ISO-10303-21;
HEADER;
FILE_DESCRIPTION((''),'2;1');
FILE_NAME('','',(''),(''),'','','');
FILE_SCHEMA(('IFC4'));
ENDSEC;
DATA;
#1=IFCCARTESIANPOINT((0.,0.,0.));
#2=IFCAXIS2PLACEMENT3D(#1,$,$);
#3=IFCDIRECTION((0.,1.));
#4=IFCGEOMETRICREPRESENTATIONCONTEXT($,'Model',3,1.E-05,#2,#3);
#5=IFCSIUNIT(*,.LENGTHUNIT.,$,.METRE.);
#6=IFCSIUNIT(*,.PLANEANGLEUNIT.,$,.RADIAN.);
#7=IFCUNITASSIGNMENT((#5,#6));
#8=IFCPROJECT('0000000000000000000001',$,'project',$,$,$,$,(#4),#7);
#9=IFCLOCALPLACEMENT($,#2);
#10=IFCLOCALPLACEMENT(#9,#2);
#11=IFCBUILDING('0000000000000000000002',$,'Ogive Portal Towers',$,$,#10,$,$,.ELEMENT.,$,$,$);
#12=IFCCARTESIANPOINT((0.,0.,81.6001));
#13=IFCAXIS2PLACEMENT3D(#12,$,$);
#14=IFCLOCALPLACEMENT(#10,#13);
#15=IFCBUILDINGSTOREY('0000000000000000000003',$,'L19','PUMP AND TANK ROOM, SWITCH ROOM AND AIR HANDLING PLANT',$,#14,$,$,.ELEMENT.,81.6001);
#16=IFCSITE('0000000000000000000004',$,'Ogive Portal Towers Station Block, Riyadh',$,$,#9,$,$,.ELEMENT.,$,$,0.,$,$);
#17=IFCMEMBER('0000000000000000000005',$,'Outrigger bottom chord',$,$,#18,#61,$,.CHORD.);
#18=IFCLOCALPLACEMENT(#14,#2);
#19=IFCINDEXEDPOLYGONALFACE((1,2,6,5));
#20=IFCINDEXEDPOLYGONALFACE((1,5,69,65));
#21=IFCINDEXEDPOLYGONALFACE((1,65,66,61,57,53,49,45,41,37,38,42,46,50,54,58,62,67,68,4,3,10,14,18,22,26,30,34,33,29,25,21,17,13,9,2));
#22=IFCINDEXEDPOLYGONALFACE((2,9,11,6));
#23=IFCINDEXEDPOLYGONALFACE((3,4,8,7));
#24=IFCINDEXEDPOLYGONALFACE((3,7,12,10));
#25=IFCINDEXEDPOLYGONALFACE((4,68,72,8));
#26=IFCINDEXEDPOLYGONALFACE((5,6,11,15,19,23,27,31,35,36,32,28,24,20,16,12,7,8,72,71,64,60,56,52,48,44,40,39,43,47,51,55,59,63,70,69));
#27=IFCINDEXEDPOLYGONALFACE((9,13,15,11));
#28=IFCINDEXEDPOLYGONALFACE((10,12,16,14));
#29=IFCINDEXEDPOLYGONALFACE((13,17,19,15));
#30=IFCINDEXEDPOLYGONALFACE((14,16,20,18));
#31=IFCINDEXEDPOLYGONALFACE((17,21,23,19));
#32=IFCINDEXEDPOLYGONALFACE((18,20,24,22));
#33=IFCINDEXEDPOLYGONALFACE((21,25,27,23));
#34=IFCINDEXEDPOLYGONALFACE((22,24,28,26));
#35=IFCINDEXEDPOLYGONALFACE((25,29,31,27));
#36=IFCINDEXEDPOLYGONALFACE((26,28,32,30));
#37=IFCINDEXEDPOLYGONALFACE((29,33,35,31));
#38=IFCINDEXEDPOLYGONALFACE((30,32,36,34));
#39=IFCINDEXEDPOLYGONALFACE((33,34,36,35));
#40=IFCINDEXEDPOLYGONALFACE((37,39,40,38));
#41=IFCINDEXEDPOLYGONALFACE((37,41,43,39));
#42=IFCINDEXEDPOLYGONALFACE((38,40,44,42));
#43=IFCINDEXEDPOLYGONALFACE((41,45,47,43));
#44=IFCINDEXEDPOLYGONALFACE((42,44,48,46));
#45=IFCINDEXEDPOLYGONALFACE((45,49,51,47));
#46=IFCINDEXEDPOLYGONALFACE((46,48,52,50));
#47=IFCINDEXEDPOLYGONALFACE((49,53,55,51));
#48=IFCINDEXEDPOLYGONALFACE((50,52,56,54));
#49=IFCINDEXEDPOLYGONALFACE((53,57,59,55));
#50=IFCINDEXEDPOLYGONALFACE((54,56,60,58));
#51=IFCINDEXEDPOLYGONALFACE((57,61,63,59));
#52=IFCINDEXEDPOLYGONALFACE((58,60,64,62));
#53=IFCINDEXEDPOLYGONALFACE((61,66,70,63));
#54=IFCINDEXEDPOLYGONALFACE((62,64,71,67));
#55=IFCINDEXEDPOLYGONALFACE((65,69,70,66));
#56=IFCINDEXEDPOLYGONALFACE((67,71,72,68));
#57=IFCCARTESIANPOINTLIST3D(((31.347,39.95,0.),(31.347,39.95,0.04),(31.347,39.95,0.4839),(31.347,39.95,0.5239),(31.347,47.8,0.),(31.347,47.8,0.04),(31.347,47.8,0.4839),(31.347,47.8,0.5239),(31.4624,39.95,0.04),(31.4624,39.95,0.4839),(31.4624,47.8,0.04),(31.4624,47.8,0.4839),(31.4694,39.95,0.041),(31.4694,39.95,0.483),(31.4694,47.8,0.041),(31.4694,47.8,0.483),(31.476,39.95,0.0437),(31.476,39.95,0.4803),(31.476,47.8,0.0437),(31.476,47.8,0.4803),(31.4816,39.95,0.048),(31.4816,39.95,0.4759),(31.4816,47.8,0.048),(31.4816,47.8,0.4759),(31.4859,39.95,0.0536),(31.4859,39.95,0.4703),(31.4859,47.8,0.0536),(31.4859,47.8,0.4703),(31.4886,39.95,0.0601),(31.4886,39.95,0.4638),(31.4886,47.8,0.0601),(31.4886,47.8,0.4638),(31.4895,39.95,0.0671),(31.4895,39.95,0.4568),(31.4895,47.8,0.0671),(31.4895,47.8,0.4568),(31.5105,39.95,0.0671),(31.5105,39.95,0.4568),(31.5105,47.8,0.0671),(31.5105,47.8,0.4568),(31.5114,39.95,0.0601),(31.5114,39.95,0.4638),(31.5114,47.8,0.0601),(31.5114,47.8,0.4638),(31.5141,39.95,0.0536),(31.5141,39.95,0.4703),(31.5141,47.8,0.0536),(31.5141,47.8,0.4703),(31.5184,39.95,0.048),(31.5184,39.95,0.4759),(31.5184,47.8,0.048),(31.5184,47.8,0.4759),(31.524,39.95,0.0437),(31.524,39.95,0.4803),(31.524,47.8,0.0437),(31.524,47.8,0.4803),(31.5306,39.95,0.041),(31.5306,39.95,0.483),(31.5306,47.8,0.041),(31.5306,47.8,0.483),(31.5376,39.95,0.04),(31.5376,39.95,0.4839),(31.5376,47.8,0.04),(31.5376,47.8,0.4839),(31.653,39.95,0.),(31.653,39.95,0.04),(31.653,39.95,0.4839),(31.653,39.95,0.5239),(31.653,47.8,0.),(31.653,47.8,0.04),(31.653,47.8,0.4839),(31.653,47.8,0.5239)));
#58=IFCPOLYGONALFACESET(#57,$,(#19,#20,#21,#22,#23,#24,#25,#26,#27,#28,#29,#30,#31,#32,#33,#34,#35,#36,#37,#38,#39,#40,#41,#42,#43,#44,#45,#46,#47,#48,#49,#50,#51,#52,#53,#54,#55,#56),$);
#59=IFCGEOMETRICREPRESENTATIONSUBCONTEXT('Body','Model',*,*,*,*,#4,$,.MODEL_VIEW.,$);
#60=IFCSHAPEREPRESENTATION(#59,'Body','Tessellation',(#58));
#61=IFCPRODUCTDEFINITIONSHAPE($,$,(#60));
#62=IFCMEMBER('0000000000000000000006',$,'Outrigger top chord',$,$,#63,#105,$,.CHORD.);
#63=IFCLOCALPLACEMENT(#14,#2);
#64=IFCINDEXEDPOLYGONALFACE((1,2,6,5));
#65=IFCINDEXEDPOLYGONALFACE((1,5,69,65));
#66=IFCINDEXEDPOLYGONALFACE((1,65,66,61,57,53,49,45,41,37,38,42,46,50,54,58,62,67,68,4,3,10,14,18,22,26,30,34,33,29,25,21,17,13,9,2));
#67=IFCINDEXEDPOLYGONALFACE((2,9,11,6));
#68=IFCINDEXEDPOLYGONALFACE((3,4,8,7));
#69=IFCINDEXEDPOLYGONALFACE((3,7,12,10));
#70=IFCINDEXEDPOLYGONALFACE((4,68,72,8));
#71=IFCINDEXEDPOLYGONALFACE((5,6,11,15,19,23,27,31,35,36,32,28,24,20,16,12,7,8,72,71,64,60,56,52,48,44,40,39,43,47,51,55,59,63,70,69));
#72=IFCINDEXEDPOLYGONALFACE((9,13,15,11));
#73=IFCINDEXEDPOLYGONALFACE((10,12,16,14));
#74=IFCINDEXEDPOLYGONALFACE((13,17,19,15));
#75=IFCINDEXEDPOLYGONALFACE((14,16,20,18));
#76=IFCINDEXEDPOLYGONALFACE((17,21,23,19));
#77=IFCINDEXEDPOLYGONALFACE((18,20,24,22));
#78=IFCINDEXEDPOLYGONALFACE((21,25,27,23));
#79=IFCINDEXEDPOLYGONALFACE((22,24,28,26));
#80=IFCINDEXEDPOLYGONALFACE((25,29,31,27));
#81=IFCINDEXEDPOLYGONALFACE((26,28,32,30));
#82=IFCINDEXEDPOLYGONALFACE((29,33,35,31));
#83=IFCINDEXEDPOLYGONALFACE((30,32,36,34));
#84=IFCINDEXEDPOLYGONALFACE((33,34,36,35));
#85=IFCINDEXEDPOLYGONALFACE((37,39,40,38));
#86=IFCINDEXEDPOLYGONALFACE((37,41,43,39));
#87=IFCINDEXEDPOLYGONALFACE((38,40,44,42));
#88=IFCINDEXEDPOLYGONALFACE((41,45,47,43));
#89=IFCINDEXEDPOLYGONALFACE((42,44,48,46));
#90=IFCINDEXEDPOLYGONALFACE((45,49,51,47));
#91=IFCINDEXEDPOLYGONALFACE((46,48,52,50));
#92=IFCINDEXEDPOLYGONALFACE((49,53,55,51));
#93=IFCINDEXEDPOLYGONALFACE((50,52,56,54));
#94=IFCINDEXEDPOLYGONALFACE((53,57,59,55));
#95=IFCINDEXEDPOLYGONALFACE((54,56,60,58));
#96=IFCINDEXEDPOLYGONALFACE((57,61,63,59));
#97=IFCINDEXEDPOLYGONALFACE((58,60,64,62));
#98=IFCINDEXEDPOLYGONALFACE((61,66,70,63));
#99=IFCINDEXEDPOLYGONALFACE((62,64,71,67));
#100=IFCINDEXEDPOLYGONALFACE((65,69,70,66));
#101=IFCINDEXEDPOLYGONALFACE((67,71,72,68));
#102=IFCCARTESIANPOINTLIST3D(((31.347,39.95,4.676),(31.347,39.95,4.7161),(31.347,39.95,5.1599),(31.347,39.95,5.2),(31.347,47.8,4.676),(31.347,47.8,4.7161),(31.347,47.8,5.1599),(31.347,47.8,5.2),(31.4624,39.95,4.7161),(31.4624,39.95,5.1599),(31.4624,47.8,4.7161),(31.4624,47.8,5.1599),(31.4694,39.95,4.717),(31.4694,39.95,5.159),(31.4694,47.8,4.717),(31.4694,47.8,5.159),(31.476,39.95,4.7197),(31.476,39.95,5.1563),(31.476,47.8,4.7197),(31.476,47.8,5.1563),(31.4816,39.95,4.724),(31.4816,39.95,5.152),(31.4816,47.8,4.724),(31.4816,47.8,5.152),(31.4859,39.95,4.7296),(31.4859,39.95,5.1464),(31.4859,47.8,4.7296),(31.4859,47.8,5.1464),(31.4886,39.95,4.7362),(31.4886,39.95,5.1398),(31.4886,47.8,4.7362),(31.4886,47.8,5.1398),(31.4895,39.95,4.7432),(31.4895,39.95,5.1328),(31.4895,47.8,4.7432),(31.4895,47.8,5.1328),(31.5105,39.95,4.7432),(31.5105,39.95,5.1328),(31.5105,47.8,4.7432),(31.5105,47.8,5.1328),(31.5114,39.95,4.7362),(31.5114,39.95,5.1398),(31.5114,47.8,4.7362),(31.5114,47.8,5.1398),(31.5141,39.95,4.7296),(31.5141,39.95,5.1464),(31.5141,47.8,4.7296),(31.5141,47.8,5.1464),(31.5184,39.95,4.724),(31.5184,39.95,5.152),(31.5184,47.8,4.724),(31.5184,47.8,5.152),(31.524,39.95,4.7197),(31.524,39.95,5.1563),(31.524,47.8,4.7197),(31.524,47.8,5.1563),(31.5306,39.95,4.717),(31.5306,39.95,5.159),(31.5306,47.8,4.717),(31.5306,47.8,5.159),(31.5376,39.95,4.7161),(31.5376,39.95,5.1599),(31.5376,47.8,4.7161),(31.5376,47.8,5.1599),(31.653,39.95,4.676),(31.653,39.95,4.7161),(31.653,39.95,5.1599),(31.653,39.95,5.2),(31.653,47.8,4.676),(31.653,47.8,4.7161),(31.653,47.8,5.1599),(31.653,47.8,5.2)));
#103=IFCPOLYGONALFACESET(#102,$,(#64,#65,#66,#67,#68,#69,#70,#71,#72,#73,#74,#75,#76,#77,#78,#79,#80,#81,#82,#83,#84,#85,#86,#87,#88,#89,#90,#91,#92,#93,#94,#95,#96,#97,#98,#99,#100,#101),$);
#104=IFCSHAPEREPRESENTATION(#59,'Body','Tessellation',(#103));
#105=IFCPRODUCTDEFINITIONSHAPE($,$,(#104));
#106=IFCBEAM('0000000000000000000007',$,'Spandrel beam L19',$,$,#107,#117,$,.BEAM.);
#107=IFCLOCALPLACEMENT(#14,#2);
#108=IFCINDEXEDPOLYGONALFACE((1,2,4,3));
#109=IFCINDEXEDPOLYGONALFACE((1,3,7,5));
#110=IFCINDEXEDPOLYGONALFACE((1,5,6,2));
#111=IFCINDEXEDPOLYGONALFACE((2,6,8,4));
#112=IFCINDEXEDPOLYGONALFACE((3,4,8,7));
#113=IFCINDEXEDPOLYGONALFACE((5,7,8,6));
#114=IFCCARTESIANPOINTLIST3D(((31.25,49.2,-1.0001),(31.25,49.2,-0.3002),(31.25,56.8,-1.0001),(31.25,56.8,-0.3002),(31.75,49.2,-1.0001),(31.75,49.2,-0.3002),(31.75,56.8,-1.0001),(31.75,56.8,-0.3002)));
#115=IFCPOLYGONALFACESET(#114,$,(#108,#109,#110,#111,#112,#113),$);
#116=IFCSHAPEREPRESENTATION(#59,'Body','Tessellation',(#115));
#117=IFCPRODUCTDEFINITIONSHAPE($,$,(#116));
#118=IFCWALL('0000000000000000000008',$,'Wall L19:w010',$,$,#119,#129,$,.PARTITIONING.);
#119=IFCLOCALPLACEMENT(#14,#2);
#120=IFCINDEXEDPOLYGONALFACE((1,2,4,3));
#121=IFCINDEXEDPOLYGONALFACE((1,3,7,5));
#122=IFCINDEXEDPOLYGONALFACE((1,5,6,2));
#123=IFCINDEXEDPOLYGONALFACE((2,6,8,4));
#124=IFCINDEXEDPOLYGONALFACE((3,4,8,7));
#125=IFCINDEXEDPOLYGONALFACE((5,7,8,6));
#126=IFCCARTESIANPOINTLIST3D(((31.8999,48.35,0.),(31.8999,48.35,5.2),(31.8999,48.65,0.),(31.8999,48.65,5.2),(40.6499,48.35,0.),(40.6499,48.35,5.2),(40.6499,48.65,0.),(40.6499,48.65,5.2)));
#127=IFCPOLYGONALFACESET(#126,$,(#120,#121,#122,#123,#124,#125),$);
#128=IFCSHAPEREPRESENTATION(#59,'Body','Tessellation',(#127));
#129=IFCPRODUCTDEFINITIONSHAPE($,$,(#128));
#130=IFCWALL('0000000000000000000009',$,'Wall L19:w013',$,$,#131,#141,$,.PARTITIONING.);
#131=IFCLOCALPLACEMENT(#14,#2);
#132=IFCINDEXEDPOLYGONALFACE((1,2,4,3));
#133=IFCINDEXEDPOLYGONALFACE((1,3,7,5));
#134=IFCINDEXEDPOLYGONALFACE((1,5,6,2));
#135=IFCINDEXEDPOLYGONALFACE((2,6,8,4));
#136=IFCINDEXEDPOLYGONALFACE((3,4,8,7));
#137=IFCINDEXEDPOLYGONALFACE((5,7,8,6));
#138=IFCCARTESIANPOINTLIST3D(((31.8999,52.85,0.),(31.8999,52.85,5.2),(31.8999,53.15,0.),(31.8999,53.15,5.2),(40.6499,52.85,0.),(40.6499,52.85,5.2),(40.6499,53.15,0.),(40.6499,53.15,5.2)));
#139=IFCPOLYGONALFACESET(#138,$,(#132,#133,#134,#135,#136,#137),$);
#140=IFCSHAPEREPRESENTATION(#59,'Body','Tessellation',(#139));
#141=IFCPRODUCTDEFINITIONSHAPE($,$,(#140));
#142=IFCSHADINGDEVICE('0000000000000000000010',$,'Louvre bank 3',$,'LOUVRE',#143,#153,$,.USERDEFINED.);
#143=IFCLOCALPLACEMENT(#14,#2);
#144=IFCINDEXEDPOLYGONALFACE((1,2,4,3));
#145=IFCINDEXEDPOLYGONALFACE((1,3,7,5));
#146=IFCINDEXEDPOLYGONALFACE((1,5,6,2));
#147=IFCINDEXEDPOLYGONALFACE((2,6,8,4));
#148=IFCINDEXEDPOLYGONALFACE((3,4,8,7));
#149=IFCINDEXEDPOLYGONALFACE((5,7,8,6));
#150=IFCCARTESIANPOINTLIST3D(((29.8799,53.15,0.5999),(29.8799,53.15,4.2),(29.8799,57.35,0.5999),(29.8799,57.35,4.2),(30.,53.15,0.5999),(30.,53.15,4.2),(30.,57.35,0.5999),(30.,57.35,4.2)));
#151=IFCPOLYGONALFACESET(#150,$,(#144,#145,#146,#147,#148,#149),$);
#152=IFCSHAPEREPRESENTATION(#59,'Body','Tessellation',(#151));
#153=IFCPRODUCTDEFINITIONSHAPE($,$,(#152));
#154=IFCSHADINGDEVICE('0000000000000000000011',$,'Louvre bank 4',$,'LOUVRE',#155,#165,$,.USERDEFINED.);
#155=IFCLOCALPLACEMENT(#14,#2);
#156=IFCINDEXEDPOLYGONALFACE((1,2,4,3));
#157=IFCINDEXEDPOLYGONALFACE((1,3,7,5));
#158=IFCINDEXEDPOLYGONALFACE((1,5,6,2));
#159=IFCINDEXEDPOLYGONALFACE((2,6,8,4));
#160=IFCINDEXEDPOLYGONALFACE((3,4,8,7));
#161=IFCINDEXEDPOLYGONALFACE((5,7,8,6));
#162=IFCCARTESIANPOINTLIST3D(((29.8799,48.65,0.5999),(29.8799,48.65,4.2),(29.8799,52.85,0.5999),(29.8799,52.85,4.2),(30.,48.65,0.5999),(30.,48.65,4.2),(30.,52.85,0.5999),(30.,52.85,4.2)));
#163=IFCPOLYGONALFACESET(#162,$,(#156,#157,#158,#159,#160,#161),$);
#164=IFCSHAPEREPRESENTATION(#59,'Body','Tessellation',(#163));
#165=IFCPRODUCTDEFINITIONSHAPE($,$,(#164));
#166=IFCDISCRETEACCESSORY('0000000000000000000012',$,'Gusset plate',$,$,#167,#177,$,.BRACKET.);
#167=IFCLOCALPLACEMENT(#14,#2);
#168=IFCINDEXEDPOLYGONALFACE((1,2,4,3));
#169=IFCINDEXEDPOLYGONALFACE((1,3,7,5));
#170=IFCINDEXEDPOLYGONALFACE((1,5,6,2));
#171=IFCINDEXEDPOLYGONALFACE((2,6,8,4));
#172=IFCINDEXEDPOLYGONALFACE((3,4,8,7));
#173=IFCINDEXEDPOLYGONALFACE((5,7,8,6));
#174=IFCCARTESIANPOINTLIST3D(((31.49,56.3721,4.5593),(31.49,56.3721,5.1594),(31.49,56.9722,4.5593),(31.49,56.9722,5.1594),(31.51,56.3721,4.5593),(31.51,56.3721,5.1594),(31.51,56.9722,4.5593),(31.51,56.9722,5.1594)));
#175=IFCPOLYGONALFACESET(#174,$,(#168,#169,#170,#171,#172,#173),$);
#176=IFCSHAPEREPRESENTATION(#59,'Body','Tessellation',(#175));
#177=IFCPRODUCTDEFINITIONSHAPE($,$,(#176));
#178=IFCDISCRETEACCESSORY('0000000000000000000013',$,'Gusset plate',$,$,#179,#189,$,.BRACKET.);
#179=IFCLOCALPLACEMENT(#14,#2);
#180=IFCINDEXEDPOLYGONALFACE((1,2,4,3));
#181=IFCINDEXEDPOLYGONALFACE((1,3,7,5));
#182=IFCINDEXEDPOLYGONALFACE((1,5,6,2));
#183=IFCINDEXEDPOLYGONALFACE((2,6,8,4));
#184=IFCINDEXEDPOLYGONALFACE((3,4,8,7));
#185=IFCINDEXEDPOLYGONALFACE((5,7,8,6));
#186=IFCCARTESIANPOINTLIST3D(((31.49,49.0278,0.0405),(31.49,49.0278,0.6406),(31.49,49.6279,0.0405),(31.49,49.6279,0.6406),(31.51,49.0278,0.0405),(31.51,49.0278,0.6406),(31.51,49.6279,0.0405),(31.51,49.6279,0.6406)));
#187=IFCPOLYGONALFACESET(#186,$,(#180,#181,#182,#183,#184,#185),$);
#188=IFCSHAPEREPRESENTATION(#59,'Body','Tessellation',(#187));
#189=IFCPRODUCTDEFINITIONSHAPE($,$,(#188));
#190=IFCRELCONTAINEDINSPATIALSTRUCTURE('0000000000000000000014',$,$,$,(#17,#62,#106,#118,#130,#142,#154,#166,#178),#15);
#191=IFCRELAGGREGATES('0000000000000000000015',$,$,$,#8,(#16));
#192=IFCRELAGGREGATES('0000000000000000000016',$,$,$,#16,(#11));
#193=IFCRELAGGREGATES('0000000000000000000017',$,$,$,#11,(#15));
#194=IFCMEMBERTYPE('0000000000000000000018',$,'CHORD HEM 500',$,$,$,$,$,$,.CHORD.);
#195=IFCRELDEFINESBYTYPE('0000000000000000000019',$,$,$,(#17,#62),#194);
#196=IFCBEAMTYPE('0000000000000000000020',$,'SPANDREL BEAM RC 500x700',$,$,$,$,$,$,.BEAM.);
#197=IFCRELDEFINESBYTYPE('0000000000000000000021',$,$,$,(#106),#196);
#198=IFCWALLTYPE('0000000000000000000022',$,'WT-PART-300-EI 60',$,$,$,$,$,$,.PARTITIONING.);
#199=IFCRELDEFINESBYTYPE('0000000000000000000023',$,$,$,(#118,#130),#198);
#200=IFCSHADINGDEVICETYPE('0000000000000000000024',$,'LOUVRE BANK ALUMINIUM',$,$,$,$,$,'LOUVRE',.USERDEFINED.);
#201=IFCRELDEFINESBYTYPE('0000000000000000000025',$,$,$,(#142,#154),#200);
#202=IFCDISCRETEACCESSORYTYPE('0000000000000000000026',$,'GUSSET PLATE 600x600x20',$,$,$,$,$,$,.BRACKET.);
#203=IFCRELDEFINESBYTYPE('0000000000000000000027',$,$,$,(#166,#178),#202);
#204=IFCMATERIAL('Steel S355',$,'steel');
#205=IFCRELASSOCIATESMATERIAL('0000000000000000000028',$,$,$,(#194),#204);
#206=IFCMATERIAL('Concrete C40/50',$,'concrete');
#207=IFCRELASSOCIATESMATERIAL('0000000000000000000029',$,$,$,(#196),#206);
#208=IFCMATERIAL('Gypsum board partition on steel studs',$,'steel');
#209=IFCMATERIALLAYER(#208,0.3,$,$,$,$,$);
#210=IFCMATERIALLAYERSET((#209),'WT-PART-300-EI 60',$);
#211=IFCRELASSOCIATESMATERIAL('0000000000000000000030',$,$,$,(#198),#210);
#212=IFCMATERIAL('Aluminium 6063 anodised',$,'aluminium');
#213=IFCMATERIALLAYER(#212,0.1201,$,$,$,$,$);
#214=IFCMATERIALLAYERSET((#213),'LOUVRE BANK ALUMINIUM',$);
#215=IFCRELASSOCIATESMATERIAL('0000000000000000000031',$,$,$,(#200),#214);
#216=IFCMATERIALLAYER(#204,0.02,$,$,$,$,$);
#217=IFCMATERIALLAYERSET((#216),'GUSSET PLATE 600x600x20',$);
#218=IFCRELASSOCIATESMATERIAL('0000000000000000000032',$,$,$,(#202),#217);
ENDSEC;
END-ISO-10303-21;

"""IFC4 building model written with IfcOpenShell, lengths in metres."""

from ifc_helpers import new_model, si_unit, direction, frame, frame_2d, origin, origin_2d, place, context, subcontext, project, spatial, rectangle, i_section, extrude, material, layer, layer_set, material_profile, profile_set, type_object, element, save


model = new_model("IFC4")

# Units and contexts
model_context = context("Model", 3, precision=1e-05, world=origin(), true_north=direction((0.0, 1.0)))
body_context = subcontext(model_context, "Body", "Model", "MODEL_VIEW")
ifc_project = project(units=[si_unit("LENGTHUNIT", "METRE"), si_unit("PLANEANGLEUNIT", "RADIAN")], contexts=[model_context])

# Site, building, storey
site_placement = place(None, origin())
site = spatial("IfcSite", under=ifc_project, at=site_placement, Name="Ogive Portal Towers Station Block, Riyadh", CompositionType="ELEMENT", RefElevation=0.0)
building_placement = place(site_placement, origin())
building = spatial("IfcBuilding", under=site, at=building_placement, Name="Ogive Portal Towers", CompositionType="ELEMENT")
storey_placement = place(building_placement, frame((0.0, 0.0, 81.6001)))
storey = spatial("IfcBuildingStorey", under=building, at=storey_placement, Name="L19", Description="PUMP AND TANK ROOM, SWITCH ROOM AND AIR HANDLING PLANT", CompositionType="ELEMENT", Elevation=81.6001)

# Members
ifc_material_1 = material(Name="Steel S355", Category="steel")
ifc_material_profile_1 = material_profile(ifc_material_1, i_section(OverallWidth=0.3059, OverallDepth=0.5239, WebThickness=0.021, FlangeThickness=0.04, FilletRadius=0.0271, at=origin_2d()), Name="HEM 500")
ifc_profile_set_1 = profile_set([ifc_material_profile_1], Name="Steel S355")
member_type_1 = type_object("IfcMemberType", Name="CHORD HEM 500", PredefinedType="CHORD", material=ifc_profile_set_1)
for number, where, z_axis, x_axis, name in (
    (1, (31.5, 47.8, 0.262), (0.0, -1.0, 0.0), (1.0, 0.0, 0.0), "Outrigger bottom chord"),
    (2, (31.5, 47.8, 4.938), (0.0, -1.0, 0.0), (1.0, 0.0, 0.0), "Outrigger top chord"),
):
    element("IfcMember", number, at=place(storey_placement, frame(where, z_axis=z_axis, x_axis=x_axis)), inside=storey, type_object=member_type_1, Name=name, PredefinedType="CHORD", context=body_context, shape_type="SweptSolid", body=[
        extrude(i_section(OverallWidth=0.3059, OverallDepth=0.5239, WebThickness=0.021, FlangeThickness=0.04, FilletRadius=0.0271, at=origin_2d()), origin(), (0.0, 0.0, 1.0), 7.8501),
    ])

# Beam
ifc_material_2 = material(Name="Concrete C40/50", Category="concrete")
ifc_material_profile_2 = material_profile(ifc_material_2, rectangle(XDim=0.5, YDim=0.7, at=origin_2d()), Name="RC 500x700")
ifc_profile_set_2 = profile_set([ifc_material_profile_2], Name="Concrete C40/50")
beam_type = type_object("IfcBeamType", Name="SPANDREL BEAM RC 500x700", PredefinedType="BEAM", material=ifc_profile_set_2)
beam_placement = place(storey_placement, frame((31.5, 49.2, -0.6501), z_axis=(0.0, 1.0, 0.0), x_axis=(-1.0, 0.0, 0.0)))
element("IfcBeam", 3, at=beam_placement, inside=storey, type_object=beam_type, Name="Spandrel beam L19", PredefinedType="BEAM", context=body_context, shape_type="SweptSolid", body=[
    extrude(rectangle(XDim=0.5, YDim=0.7, at=origin_2d()), origin(), (0.0, 0.0, 1.0), 7.6001),
])

# Walls
ifc_material_3 = material(Name="Gypsum board partition on steel studs", Category="steel")
ifc_layer_1 = layer(ifc_material_3, 0.3)
ifc_layer_set_1 = layer_set([ifc_layer_1], Name="WT-PART-300-EI 60")
wall_type = type_object("IfcWallType", Name="WT-PART-300-EI 60", PredefinedType="PARTITIONING", material=ifc_layer_set_1)
for number, where, z_axis, x_axis, name in (
    (4, (31.8999, 48.5, 0.0), (0.0, 0.0, 1.0), (1.0, 0.0, 0.0), "Wall L19:w010"),
    (5, (31.8999, 53.0, 0.0), (0.0, 0.0, 1.0), (1.0, 0.0, 0.0), "Wall L19:w013"),
):
    element("IfcWall", number, at=place(storey_placement, frame(where, z_axis=z_axis, x_axis=x_axis)), inside=storey, type_object=wall_type, Name=name, PredefinedType="PARTITIONING", context=body_context, shape_type="SweptSolid", body=[
        extrude(rectangle(XDim=8.75, YDim=0.3, at=frame_2d((4.375, 0.0))), origin(), (0.0, 0.0, 1.0), 5.2),
    ])

# Shading devices
ifc_material_4 = material(Name="Aluminium 6063 anodised", Category="aluminium")
ifc_layer_2 = layer(ifc_material_4, 0.1201)
ifc_layer_set_2 = layer_set([ifc_layer_2], Name="LOUVRE BANK ALUMINIUM")
shading_device_type = type_object("IfcShadingDeviceType", Name="LOUVRE BANK ALUMINIUM", ElementType="LOUVRE", PredefinedType="USERDEFINED", material=ifc_layer_set_2)
for number, where, z_axis, x_axis, name in (
    (6, (29.9399, 55.25, 0.5999), (0.0, 0.0, 1.0), (0.0, -1.0, 0.0), "Louvre bank 3"),
    (7, (29.9399, 50.75, 0.5999), (0.0, 0.0, 1.0), (0.0, -1.0, 0.0), "Louvre bank 4"),
):
    element("IfcShadingDevice", number, at=place(storey_placement, frame(where, z_axis=z_axis, x_axis=x_axis)), inside=storey, type_object=shading_device_type, Name=name, ObjectType="LOUVRE", PredefinedType="USERDEFINED", context=body_context, shape_type="SweptSolid", body=[
        extrude(rectangle(XDim=4.2, YDim=0.1201, at=origin_2d()), origin(), (0.0, 0.0, 1.0), 3.6001),
    ])

# Discrete accessories
ifc_layer_3 = layer(ifc_material_1, 0.02)
ifc_layer_set_3 = layer_set([ifc_layer_3], Name="GUSSET PLATE 600x600x20")
discrete_accessory_type = type_object("IfcDiscreteAccessoryType", Name="GUSSET PLATE 600x600x20", PredefinedType="BRACKET", material=ifc_layer_set_3)
for number, where, z_axis, x_axis, name in (
    (8, (31.5, 56.6721, 4.5593), (0.0, 0.0, 1.0), (0.0, -1.0, 0.0), "Gusset plate"),
    (9, (31.5, 49.3279, 0.0405), (0.0, 0.0, 1.0), (0.0, -1.0, 0.0), "Gusset plate"),
):
    element("IfcDiscreteAccessory", number, at=place(storey_placement, frame(where, z_axis=z_axis, x_axis=x_axis)), inside=storey, type_object=discrete_accessory_type, Name=name, PredefinedType="BRACKET", context=body_context, shape_type="SweptSolid", body=[
        extrude(rectangle(XDim=0.6001, YDim=0.02, at=origin_2d()), origin(), (0.0, 0.0, 1.0), 0.6001),
    ])

save(model, "model.ifc")
